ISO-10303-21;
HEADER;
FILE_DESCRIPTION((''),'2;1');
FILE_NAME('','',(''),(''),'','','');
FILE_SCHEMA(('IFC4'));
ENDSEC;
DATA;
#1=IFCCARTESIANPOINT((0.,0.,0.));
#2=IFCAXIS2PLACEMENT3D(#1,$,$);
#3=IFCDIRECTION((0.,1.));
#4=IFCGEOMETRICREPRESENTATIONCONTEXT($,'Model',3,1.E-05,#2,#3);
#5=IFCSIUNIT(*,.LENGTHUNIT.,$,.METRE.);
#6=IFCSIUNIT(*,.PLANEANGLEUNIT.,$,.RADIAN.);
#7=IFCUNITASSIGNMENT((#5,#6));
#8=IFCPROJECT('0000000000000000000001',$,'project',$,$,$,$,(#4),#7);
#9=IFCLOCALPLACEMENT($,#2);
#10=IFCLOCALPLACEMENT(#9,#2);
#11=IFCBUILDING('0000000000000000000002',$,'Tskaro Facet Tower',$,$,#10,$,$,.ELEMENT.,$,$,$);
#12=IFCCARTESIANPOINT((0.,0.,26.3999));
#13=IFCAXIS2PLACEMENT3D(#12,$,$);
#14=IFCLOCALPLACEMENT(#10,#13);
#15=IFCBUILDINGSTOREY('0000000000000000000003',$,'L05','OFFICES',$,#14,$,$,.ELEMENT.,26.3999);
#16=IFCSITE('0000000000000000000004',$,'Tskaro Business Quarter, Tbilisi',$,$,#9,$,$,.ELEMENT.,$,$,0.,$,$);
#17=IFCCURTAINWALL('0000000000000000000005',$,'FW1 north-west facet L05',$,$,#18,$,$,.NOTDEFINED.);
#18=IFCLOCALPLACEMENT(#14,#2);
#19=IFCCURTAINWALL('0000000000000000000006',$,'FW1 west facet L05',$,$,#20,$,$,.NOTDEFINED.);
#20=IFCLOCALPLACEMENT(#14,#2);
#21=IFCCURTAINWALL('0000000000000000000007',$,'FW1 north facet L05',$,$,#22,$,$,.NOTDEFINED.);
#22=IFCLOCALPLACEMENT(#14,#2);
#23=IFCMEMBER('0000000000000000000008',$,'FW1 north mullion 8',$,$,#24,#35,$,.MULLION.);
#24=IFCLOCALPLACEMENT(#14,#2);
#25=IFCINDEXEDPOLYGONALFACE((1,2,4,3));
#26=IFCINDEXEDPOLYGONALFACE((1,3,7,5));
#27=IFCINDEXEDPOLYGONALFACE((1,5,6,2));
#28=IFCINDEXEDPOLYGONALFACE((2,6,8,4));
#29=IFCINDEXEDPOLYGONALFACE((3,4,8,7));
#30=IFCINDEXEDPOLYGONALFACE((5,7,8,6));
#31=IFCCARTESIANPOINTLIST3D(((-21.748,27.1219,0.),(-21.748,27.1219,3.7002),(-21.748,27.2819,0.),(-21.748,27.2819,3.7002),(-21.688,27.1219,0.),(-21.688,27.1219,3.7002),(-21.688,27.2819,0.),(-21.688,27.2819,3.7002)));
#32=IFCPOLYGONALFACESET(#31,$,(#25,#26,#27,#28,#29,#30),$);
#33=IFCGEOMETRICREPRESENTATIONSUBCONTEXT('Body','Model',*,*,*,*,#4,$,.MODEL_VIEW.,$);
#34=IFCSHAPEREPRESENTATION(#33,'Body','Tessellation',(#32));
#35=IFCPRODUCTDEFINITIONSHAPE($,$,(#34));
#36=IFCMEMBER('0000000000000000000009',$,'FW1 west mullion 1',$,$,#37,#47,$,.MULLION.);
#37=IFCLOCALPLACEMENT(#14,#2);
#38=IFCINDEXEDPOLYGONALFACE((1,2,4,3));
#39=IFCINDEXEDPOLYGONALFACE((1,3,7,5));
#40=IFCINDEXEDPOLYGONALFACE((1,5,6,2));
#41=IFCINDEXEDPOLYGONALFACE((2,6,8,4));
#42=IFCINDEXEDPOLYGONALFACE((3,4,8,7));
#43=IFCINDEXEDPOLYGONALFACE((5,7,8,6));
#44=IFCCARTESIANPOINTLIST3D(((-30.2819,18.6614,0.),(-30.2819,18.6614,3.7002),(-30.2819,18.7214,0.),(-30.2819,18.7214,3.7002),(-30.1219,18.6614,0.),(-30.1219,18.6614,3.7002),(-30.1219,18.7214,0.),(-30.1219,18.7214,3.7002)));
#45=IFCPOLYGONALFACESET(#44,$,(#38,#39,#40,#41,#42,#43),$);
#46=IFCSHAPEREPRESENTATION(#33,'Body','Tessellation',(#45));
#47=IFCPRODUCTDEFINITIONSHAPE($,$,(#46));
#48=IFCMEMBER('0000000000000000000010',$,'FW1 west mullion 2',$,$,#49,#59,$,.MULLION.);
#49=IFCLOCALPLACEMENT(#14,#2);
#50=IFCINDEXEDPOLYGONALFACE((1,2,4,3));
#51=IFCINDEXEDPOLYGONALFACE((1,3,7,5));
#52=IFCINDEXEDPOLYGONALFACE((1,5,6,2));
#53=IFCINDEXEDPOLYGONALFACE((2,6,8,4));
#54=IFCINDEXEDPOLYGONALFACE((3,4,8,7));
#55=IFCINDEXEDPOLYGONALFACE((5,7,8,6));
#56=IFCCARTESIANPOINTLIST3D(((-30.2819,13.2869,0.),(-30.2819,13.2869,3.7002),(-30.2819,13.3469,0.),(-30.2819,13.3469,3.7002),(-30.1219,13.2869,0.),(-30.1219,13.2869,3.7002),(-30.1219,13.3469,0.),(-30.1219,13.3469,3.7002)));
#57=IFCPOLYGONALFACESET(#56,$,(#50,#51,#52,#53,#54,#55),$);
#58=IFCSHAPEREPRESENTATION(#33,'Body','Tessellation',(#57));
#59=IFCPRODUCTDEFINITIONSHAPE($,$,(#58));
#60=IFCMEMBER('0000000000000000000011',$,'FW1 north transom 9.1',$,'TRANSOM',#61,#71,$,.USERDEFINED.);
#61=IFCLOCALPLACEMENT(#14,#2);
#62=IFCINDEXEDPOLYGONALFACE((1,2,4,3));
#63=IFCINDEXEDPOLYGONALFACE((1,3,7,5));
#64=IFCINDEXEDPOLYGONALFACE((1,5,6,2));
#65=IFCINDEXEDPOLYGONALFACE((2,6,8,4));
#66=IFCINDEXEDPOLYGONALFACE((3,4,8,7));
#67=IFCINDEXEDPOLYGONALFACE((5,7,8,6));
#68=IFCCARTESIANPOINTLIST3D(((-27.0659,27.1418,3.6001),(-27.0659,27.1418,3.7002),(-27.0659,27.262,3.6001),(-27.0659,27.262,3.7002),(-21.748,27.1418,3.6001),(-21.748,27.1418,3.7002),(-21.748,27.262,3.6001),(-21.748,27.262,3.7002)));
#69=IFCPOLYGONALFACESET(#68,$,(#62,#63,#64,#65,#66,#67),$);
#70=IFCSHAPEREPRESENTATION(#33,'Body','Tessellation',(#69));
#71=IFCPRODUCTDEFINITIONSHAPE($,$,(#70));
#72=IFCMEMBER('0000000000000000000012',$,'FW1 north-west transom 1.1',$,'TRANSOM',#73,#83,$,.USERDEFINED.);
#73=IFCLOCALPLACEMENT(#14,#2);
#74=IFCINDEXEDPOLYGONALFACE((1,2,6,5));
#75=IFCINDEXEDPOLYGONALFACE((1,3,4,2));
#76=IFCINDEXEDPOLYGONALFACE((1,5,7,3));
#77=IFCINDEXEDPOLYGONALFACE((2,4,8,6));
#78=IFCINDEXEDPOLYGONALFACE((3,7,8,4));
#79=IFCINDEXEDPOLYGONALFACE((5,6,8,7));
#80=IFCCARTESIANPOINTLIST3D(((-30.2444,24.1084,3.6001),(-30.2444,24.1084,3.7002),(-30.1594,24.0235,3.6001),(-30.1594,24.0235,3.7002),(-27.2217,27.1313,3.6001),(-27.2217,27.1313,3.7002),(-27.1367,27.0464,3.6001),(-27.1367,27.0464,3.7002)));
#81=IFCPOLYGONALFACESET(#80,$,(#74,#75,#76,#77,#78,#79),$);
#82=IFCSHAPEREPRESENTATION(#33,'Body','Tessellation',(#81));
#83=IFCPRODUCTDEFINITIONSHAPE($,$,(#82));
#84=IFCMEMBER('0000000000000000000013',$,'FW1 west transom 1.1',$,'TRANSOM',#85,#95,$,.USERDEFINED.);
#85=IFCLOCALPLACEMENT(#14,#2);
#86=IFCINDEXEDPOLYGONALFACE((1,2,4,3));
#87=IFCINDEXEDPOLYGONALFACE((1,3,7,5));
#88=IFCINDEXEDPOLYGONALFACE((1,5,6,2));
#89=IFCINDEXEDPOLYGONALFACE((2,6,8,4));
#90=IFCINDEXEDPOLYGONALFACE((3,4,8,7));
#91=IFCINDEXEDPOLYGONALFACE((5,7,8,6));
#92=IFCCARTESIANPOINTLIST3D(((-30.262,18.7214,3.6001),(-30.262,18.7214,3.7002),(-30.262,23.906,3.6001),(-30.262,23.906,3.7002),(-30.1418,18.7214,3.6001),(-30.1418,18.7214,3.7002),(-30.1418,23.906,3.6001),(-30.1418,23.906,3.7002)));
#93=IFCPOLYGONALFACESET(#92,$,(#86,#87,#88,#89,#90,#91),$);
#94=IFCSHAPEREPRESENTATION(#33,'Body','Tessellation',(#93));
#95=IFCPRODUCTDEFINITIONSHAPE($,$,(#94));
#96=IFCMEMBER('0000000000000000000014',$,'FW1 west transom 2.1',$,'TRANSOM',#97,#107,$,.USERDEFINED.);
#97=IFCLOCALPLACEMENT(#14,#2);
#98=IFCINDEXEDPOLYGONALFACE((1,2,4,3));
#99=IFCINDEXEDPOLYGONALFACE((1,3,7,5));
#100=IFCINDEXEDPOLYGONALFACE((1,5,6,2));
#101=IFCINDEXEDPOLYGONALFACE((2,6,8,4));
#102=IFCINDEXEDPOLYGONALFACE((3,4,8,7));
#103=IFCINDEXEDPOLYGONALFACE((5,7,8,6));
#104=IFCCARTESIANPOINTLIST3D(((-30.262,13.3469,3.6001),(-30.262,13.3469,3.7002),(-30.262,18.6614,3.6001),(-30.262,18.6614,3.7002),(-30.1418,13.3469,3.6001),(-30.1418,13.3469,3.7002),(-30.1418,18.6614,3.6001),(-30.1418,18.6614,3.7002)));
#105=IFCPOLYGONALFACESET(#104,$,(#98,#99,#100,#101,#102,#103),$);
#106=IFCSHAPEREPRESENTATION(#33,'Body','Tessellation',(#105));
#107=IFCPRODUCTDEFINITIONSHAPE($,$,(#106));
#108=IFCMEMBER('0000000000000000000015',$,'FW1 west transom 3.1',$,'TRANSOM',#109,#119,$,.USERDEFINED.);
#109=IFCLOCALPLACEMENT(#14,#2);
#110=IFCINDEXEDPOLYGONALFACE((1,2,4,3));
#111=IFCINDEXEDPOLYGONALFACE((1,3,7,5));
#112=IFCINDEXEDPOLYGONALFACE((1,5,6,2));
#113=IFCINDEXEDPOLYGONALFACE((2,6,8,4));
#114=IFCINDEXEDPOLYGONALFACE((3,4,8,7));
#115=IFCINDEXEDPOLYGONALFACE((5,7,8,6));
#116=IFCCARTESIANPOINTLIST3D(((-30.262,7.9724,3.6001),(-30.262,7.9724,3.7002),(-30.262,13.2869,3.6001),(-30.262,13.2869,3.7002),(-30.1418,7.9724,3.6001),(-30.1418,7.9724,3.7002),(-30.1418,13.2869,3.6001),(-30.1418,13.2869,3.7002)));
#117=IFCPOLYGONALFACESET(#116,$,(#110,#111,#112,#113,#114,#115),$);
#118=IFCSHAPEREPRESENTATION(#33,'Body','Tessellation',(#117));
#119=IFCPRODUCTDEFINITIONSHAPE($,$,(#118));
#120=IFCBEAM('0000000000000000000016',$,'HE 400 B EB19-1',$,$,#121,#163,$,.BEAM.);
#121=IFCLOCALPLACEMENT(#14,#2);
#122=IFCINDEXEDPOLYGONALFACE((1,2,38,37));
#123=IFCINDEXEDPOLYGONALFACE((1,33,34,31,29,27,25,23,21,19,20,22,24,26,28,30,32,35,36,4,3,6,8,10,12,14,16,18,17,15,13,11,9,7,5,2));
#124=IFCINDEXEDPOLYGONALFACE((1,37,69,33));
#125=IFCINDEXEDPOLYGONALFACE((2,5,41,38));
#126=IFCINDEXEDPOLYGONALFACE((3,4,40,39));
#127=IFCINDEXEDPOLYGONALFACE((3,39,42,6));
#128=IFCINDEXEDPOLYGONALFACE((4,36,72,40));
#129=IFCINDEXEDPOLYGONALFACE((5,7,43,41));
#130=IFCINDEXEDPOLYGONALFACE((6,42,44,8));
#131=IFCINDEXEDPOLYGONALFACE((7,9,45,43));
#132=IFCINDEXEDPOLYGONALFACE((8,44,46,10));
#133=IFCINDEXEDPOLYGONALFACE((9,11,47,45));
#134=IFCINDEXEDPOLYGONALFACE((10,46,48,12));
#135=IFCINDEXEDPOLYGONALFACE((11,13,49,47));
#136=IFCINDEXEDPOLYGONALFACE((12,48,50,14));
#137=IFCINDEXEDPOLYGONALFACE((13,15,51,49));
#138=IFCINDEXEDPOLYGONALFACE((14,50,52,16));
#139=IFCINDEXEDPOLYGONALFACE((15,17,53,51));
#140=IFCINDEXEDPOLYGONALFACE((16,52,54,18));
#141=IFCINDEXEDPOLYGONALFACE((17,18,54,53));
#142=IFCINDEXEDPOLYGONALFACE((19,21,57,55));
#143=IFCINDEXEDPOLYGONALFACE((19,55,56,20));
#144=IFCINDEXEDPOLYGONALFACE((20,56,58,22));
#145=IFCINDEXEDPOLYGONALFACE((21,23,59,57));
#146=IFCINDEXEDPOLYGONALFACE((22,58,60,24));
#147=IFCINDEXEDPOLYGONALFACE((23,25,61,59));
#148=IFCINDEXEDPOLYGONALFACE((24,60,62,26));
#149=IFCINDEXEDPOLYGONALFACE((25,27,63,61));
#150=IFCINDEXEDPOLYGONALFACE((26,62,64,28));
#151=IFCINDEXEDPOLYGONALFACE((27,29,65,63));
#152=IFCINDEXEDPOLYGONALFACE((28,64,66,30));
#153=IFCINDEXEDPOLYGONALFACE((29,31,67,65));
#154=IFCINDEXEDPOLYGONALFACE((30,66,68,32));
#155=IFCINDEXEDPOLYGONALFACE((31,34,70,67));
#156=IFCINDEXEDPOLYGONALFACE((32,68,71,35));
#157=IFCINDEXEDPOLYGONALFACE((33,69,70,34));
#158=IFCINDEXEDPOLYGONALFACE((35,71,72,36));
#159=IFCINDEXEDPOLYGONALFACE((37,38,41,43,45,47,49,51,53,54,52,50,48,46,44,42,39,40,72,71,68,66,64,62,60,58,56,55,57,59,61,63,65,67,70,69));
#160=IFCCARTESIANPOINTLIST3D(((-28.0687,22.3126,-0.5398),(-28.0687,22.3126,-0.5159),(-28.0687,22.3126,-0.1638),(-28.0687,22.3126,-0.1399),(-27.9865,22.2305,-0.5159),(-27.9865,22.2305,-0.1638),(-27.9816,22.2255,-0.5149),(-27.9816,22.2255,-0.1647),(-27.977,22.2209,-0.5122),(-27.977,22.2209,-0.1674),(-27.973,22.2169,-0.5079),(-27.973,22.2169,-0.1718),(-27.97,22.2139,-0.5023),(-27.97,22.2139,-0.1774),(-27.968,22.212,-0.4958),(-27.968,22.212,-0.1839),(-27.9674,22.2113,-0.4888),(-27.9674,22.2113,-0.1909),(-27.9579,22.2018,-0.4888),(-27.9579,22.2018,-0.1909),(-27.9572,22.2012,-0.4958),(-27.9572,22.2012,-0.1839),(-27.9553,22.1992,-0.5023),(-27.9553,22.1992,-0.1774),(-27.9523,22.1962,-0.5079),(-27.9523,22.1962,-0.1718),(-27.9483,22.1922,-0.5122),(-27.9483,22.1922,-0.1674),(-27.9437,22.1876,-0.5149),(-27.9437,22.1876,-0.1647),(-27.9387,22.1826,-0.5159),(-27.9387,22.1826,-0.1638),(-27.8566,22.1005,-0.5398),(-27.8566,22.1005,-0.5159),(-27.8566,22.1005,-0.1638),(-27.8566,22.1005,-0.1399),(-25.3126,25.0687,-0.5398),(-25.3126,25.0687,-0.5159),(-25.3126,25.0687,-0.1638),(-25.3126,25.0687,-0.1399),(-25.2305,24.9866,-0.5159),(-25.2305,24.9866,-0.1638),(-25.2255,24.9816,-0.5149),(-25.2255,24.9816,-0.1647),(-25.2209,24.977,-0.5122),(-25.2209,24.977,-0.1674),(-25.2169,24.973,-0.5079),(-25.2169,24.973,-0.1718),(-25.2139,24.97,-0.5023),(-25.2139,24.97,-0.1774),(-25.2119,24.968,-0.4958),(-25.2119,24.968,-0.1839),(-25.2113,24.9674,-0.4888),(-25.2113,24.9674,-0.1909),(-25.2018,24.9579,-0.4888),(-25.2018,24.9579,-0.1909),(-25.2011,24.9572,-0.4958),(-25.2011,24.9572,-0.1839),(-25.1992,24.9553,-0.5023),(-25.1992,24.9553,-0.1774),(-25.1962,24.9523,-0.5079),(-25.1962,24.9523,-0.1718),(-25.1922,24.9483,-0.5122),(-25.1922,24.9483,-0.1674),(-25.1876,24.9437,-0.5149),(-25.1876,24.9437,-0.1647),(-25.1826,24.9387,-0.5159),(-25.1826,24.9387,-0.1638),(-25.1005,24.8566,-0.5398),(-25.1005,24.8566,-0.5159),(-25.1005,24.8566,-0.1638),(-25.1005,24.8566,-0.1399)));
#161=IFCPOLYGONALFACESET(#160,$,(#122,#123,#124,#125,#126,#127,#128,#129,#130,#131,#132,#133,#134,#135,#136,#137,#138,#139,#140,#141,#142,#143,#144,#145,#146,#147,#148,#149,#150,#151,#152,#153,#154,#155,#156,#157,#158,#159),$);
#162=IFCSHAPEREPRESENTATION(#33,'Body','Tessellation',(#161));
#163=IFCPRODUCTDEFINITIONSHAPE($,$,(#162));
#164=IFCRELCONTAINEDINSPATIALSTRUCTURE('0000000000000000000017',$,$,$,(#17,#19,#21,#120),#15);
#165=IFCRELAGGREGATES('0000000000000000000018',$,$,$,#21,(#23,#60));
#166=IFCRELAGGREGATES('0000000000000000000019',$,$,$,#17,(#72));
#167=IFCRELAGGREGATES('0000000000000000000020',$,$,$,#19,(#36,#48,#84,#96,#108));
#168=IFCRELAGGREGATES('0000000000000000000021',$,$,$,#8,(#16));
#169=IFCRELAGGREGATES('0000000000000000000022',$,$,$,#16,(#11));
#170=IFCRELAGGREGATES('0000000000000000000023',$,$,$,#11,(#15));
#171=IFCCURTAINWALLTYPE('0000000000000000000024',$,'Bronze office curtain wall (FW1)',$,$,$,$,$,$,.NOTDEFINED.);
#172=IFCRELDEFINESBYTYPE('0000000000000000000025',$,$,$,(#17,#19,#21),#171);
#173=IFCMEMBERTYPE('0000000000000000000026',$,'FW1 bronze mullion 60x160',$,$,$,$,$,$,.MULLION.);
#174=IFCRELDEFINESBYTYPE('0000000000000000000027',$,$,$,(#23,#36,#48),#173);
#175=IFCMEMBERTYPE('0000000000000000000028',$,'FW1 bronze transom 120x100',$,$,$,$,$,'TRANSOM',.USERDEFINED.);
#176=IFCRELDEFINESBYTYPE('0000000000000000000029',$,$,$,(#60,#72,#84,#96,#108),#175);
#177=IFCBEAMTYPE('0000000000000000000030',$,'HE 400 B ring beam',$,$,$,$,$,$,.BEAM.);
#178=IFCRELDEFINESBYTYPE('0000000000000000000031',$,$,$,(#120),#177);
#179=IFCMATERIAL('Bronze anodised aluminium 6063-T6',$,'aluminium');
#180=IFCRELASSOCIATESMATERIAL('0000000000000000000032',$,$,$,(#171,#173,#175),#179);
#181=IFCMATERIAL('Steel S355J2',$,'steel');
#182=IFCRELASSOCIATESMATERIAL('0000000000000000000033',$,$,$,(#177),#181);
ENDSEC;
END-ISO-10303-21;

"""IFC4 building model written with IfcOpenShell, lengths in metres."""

from ifc_helpers import new_model, si_unit, direction, frame, origin, origin_2d, place, context, subcontext, project, spatial, rectangle, i_section, extrude, material, material_profile, profile_set, type_object, element, aggregate, save


model = new_model("IFC4")

# Units and contexts
model_context = context("Model", 3, precision=1e-05, world=origin(), true_north=direction((0.0, 1.0)))
body_context = subcontext(model_context, "Body", "Model", "MODEL_VIEW")
ifc_project = project(units=[si_unit("LENGTHUNIT", "METRE"), si_unit("PLANEANGLEUNIT", "RADIAN")], contexts=[model_context])

# Site, building, storey
site_placement = place(None, origin())
site = spatial("IfcSite", under=ifc_project, at=site_placement, Name="Tskaro Business Quarter, Tbilisi", CompositionType="ELEMENT", RefElevation=0.0)
building_placement = place(site_placement, origin())
building = spatial("IfcBuilding", under=site, at=building_placement, Name="Tskaro Facet Tower", CompositionType="ELEMENT")
storey_placement = place(building_placement, frame((0.0, 0.0, 26.3999)))
storey = spatial("IfcBuildingStorey", under=building, at=storey_placement, Name="L05", Description="OFFICES", CompositionType="ELEMENT", Elevation=26.3999)

# Curtain walls, member
ifc_material_1 = material(Name="Bronze anodised aluminium 6063-T6", Category="aluminium")
curtain_wall_type = type_object("IfcCurtainWallType", Name="Bronze office curtain wall (FW1)", PredefinedType="NOTDEFINED", material=ifc_material_1)
curtain_wall_1_placement = place(storey_placement, origin())
curtain_wall_1 = element("IfcCurtainWall", 1, at=curtain_wall_1_placement, inside=storey, type_object=curtain_wall_type, Name="FW1 north-west facet L05", PredefinedType="NOTDEFINED")
curtain_wall_2_placement = place(storey_placement, origin())
curtain_wall_2 = element("IfcCurtainWall", 2, at=curtain_wall_2_placement, inside=storey, type_object=curtain_wall_type, Name="FW1 west facet L05", PredefinedType="NOTDEFINED")
curtain_wall_3_placement = place(storey_placement, origin())
curtain_wall_3 = element("IfcCurtainWall", 3, at=curtain_wall_3_placement, inside=storey, type_object=curtain_wall_type, Name="FW1 north facet L05", PredefinedType="NOTDEFINED")
ifc_material_profile_1 = material_profile(ifc_material_1, rectangle(XDim=0.0601, YDim=0.1599, at=origin_2d()), Name="Mullion 60x160")
ifc_profile_set_1 = profile_set([ifc_material_profile_1], Name="Bronze anodised aluminium 6063-T6")
member_type_1 = type_object("IfcMemberType", Name="FW1 bronze mullion 60x160", PredefinedType="MULLION", material=ifc_profile_set_1)
member_1_placement = place(storey_placement, frame((-21.718, 27.2019, 0.0), z_axis=(0.0, 0.0, 1.0), x_axis=(-1.0, 0.0, 0.0)))
member_1 = element("IfcMember", 4, at=member_1_placement, type_object=member_type_1, Name="FW1 north mullion 8", PredefinedType="MULLION", context=body_context, shape_type="SweptSolid", body=[
    extrude(rectangle(XDim=0.0601, YDim=0.1599, at=origin_2d()), origin(), (0.0, 0.0, 1.0), 3.7002),
])

# Members
member_2_placement = place(storey_placement, frame((-30.2019, 18.6914, 0.0), z_axis=(0.0, 0.0, 1.0), x_axis=(0.0, -1.0, 0.0)))
member_2 = element("IfcMember", 5, at=member_2_placement, type_object=member_type_1, Name="FW1 west mullion 1", PredefinedType="MULLION", context=body_context, shape_type="SweptSolid", body=[
    extrude(rectangle(XDim=0.0601, YDim=0.1599, at=origin_2d()), origin(), (0.0, 0.0, 1.0), 3.7002),
])
member_3_placement = place(storey_placement, frame((-30.2019, 13.3169, 0.0), z_axis=(0.0, 0.0, 1.0), x_axis=(0.0, -1.0, 0.0)))
member_3 = element("IfcMember", 6, at=member_3_placement, type_object=member_type_1, Name="FW1 west mullion 2", PredefinedType="MULLION", context=body_context, shape_type="SweptSolid", body=[
    extrude(rectangle(XDim=0.0601, YDim=0.1599, at=origin_2d()), origin(), (0.0, 0.0, 1.0), 3.7002),
])
ifc_material_profile_2 = material_profile(ifc_material_1, rectangle(XDim=0.1201, YDim=0.1001, at=origin_2d()), Name="Transom 120x100")
ifc_profile_set_2 = profile_set([ifc_material_profile_2], Name="Bronze anodised aluminium 6063-T6")
member_type_2 = type_object("IfcMemberType", Name="FW1 bronze transom 120x100", ElementType="TRANSOM", PredefinedType="USERDEFINED", material=ifc_profile_set_2)
member_4_placement = place(storey_placement, frame((-21.748, 27.2019, 3.6501), z_axis=(-1.0, 0.0, 0.0), x_axis=(0.0, -1.0, 0.0)))
member_4 = element("IfcMember", 7, at=member_4_placement, type_object=member_type_2, Name="FW1 north transom 9.1", ObjectType="TRANSOM", PredefinedType="USERDEFINED", context=body_context, shape_type="SweptSolid", body=[
    extrude(rectangle(XDim=0.1201, YDim=0.1001, at=origin_2d()), origin(), (0.0, 0.0, 1.0), 5.3179),
])
member_5_placement = place(storey_placement, frame((-27.1792, 27.0889, 3.6501), z_axis=(-0.707078, -0.707135, 0.0), x_axis=(0.707135, -0.707078, 0.0)))
member_5 = element("IfcMember", 8, at=member_5_placement, type_object=member_type_2, Name="FW1 north-west transom 1.1", ObjectType="TRANSOM", PredefinedType="USERDEFINED", context=body_context, shape_type="SweptSolid", body=[
    extrude(rectangle(XDim=0.1201, YDim=0.1001, at=origin_2d()), origin(), (0.0, 0.0, 1.0), 4.2749),
])
member_6_placement = place(storey_placement, frame((-30.2019, 23.906, 3.6501), z_axis=(0.0, -1.0, 0.0), x_axis=(1.0, 0.0, 0.0)))
member_6 = element("IfcMember", 9, at=member_6_placement, type_object=member_type_2, Name="FW1 west transom 1.1", ObjectType="TRANSOM", PredefinedType="USERDEFINED", context=body_context, shape_type="SweptSolid", body=[
    extrude(rectangle(XDim=0.1201, YDim=0.1001, at=origin_2d()), origin(), (0.0, 0.0, 1.0), 5.1846),
])
member_7_placement = place(storey_placement, frame((-30.2019, 18.6614, 3.6501), z_axis=(0.0, -1.0, 0.0), x_axis=(1.0, 0.0, 0.0)))
member_7 = element("IfcMember", 10, at=member_7_placement, type_object=member_type_2, Name="FW1 west transom 2.1", ObjectType="TRANSOM", PredefinedType="USERDEFINED", context=body_context, shape_type="SweptSolid", body=[
    extrude(rectangle(XDim=0.1201, YDim=0.1001, at=origin_2d()), origin(), (0.0, 0.0, 1.0), 5.3145),
])
member_8_placement = place(storey_placement, frame((-30.2019, 13.2869, 3.6501), z_axis=(0.0, -1.0, 0.0), x_axis=(1.0, 0.0, 0.0)))
member_8 = element("IfcMember", 11, at=member_8_placement, type_object=member_type_2, Name="FW1 west transom 3.1", ObjectType="TRANSOM", PredefinedType="USERDEFINED", context=body_context, shape_type="SweptSolid", body=[
    extrude(rectangle(XDim=0.1201, YDim=0.1001, at=origin_2d()), origin(), (0.0, 0.0, 1.0), 5.3145),
])

# Beam
ifc_material_2 = material(Name="Steel S355J2", Category="steel")
ifc_material_profile_3 = material_profile(ifc_material_2, i_section(OverallWidth=0.3, OverallDepth=0.3999, WebThickness=0.0134, FlangeThickness=0.0239, FilletRadius=0.0271, at=origin_2d()), Name="HE 400 B")
ifc_profile_set_3 = profile_set([ifc_material_profile_3], Name="Steel S355J2")
beam_type_1 = type_object("IfcBeamType", Name="HE 400 B ring beam", PredefinedType="BEAM", material=ifc_profile_set_3)
beam_1_placement = place(storey_placement, frame((-25.2065, 24.9626, -0.3398), z_axis=(-0.707107, -0.707107, 0.0), x_axis=(0.707107, -0.707107, 0.0)))
element("IfcBeam", 12, at=beam_1_placement, inside=storey, type_object=beam_type_1, Name="HE 400 B EB19-1", PredefinedType="BEAM", context=body_context, shape_type="SweptSolid", body=[
    extrude(i_section(OverallWidth=0.3, OverallDepth=0.3999, WebThickness=0.0134, FlangeThickness=0.0239, FilletRadius=0.0271, at=origin_2d()), origin(), (0.0, 0.0, 1.0), 3.8977),
])

aggregate(curtain_wall_3, [member_1, member_4])
aggregate(curtain_wall_1, [member_5])
aggregate(curtain_wall_2, [member_2, member_3, member_6, member_7, member_8])

save(model, "model.ifc")
